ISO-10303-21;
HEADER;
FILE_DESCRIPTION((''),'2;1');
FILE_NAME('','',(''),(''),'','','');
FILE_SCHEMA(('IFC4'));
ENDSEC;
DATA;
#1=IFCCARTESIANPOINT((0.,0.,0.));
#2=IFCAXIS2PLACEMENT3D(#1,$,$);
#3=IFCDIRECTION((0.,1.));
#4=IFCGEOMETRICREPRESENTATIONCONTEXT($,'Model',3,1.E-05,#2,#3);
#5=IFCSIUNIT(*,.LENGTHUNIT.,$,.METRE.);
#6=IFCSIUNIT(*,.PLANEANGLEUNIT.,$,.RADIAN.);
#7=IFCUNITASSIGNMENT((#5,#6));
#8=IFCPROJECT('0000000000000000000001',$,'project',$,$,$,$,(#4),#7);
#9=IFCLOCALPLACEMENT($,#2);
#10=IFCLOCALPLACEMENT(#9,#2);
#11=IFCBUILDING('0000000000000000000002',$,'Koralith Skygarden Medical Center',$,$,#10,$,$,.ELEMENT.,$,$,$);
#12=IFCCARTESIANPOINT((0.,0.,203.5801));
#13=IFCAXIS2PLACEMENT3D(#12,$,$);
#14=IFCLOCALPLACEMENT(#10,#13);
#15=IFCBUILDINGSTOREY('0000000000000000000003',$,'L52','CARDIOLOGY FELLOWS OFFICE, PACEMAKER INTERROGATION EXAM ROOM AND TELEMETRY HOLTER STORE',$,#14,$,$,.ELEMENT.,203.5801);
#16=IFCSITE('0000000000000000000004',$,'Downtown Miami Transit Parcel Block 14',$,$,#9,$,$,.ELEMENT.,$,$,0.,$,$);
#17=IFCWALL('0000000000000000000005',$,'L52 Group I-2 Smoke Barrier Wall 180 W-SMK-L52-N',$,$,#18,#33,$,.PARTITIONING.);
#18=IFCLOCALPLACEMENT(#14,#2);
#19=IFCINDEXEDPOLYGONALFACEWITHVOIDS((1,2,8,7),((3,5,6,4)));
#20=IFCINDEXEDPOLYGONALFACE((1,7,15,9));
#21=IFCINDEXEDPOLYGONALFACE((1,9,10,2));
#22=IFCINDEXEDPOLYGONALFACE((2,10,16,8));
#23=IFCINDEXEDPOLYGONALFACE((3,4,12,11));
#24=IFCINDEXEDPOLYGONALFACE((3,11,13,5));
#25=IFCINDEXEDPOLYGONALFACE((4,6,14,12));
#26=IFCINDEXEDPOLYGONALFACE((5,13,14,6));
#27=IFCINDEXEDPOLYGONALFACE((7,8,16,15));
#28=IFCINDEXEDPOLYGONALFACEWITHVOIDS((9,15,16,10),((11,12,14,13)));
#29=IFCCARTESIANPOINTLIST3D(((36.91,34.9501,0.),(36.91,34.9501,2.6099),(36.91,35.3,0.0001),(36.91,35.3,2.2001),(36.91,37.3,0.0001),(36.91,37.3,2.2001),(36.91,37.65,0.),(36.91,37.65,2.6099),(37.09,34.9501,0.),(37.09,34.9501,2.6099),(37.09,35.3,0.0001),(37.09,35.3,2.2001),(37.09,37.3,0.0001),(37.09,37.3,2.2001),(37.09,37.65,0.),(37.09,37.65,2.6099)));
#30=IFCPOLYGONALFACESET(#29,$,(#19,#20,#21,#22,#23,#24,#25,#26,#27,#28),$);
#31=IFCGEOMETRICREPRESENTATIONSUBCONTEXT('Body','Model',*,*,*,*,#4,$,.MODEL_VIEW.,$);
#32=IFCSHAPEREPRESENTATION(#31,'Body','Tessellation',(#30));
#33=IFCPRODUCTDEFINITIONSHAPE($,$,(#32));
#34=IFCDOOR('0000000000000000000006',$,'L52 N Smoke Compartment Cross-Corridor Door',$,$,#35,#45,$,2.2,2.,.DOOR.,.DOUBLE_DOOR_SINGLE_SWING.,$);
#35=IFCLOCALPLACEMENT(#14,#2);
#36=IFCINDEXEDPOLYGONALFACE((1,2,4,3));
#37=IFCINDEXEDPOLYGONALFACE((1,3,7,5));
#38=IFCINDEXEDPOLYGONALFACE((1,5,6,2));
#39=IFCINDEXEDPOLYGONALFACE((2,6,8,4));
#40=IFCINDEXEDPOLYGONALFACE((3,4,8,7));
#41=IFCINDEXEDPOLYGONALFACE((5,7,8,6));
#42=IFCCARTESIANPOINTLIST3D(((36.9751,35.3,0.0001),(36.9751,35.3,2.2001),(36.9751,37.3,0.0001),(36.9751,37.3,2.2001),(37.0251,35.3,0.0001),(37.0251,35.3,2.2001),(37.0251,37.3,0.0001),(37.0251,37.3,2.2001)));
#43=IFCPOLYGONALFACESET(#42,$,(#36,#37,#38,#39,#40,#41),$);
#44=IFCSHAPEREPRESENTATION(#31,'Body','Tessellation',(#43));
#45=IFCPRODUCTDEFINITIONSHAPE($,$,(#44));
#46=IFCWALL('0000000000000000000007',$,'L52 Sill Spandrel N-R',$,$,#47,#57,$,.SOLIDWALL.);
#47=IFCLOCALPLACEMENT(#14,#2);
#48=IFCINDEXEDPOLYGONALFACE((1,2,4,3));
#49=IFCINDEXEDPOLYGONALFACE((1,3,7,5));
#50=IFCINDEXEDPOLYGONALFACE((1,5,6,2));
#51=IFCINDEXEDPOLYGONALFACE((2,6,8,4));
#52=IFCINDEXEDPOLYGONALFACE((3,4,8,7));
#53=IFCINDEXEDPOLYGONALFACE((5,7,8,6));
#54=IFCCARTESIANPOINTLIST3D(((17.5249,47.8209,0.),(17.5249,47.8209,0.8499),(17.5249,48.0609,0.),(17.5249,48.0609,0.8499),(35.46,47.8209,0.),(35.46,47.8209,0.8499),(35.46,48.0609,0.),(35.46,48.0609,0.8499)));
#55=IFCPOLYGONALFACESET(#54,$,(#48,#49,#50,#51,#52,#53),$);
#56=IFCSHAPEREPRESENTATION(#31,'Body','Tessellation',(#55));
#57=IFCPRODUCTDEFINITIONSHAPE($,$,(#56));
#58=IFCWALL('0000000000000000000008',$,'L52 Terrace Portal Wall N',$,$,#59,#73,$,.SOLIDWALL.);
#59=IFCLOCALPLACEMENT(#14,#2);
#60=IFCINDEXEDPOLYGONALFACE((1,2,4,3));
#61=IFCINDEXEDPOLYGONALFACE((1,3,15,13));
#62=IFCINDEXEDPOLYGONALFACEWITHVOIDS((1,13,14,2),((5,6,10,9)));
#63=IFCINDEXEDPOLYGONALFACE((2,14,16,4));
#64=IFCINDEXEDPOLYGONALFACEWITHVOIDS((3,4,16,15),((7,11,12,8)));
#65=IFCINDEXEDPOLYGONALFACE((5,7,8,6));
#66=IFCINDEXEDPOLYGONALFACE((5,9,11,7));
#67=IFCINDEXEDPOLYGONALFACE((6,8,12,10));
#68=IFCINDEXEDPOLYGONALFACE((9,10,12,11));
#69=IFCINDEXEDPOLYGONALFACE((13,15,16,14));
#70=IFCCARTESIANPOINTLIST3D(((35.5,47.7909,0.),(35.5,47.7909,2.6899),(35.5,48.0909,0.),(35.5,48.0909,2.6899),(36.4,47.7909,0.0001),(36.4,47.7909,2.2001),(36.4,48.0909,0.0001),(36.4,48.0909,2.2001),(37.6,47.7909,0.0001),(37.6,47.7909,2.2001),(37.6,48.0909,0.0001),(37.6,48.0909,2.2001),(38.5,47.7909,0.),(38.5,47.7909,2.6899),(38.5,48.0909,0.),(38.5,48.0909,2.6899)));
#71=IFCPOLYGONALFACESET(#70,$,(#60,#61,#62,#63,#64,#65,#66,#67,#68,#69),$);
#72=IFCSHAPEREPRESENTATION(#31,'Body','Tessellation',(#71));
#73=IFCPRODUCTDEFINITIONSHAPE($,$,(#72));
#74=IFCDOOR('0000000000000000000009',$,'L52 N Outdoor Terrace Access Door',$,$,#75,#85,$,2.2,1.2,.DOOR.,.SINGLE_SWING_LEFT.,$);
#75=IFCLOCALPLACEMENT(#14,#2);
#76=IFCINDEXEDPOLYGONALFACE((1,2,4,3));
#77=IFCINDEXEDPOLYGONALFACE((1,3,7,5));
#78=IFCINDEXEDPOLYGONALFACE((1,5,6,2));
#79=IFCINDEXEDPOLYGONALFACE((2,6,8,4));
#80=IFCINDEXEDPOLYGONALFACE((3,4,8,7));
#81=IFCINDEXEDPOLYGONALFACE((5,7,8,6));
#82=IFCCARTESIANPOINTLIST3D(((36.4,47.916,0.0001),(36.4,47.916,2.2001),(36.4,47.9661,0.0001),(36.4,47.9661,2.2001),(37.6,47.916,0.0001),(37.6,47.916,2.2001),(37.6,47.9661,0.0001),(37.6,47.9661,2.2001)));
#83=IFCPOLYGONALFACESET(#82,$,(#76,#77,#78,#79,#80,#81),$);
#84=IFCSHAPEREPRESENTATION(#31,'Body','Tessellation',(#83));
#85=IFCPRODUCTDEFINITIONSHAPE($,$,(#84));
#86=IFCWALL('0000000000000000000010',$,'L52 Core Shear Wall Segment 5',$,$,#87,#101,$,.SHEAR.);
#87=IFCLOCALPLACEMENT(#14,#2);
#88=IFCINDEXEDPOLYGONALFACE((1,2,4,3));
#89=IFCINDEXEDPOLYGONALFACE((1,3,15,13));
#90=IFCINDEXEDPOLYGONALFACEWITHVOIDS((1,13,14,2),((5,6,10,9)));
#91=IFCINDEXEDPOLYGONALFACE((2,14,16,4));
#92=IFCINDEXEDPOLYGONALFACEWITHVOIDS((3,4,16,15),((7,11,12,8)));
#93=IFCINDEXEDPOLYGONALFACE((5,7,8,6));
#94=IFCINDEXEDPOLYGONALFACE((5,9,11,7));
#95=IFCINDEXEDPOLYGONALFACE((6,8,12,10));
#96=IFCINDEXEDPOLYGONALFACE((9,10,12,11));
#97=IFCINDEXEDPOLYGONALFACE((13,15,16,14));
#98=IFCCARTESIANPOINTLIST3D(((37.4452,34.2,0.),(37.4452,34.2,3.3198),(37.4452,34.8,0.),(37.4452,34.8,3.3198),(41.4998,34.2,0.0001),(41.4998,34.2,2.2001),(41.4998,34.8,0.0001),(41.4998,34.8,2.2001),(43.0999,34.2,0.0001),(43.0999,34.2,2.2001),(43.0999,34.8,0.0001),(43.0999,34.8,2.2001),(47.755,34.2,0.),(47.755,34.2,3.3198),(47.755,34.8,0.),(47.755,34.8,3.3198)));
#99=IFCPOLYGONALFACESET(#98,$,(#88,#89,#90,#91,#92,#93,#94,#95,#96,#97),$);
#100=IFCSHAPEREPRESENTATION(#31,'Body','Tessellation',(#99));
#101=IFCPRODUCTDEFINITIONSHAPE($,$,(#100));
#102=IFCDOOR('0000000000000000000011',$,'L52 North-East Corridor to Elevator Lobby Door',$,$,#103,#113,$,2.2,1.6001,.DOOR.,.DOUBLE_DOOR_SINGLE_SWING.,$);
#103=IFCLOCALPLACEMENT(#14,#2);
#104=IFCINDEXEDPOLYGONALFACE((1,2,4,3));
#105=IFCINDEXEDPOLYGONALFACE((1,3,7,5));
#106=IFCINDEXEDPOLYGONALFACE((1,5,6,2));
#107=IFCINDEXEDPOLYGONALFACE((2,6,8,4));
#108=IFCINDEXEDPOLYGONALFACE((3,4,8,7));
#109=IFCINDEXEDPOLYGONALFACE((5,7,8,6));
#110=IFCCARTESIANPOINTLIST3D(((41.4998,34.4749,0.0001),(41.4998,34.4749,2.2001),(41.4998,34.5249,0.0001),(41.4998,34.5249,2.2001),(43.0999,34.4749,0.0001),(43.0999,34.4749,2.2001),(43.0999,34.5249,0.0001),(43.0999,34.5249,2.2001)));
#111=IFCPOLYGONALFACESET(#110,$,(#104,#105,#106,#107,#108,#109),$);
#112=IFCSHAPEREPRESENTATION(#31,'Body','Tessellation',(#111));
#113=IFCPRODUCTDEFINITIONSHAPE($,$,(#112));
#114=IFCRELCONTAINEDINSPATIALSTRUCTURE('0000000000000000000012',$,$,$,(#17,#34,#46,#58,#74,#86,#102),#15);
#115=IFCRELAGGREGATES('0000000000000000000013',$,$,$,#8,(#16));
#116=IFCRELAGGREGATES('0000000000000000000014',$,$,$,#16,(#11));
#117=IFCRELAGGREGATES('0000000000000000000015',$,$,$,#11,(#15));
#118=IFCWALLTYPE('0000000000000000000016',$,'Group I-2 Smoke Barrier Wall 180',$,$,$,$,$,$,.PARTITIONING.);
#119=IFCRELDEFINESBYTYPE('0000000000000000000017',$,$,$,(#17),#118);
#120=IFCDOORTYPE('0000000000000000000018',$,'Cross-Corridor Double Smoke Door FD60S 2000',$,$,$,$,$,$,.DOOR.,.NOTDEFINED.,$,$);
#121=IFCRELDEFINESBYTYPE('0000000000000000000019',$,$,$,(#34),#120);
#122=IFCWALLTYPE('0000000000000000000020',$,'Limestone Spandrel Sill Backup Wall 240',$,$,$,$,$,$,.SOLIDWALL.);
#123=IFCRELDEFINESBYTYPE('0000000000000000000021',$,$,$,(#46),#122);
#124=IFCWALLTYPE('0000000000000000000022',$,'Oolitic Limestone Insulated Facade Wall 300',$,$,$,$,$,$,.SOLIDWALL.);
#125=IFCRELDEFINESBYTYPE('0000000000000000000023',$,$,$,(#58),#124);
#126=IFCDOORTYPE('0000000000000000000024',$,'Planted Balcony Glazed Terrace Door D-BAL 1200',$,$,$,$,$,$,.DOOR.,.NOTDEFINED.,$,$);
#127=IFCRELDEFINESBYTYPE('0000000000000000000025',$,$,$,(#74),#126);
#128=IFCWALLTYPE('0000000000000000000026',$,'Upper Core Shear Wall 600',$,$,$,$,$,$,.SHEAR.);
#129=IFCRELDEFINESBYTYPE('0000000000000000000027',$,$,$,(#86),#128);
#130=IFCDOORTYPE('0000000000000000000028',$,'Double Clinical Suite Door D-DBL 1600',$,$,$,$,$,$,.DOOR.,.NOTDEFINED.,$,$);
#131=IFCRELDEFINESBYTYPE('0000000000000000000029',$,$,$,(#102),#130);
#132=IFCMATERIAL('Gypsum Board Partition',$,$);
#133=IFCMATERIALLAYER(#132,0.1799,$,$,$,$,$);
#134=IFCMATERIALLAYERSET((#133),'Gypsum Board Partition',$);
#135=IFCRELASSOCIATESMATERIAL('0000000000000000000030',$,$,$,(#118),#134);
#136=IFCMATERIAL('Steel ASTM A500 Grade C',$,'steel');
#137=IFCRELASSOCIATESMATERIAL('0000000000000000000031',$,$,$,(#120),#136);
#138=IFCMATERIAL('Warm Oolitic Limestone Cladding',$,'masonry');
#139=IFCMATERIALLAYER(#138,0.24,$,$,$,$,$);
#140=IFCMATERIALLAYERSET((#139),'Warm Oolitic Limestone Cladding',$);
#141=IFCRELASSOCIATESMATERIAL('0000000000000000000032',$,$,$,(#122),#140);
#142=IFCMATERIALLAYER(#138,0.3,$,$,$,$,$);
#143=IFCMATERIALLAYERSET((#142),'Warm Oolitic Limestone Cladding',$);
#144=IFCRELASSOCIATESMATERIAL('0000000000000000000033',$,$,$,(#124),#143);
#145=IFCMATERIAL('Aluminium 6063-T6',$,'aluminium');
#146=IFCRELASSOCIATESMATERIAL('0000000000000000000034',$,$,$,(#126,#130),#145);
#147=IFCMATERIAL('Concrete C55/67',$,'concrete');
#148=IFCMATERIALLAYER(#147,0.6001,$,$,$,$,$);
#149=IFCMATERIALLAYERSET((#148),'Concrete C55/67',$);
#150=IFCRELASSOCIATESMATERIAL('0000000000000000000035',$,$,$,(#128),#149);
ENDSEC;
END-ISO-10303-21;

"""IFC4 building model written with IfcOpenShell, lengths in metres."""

from ifc_helpers import new_model, si_unit, direction, frame, frame_2d, origin, place, context, subcontext, project, spatial, rectangle, extrude, material, layer, layer_set, type_object, element, fill, save


model = new_model("IFC4")

# Units and contexts
model_context = context("Model", 3, precision=1e-05, world=origin(), true_north=direction((0.0, 1.0)))
body_context = subcontext(model_context, "Body", "Model", "MODEL_VIEW")
ifc_project = project(units=[si_unit("LENGTHUNIT", "METRE"), si_unit("PLANEANGLEUNIT", "RADIAN")], contexts=[model_context])

# Site, building, storey
site_placement = place(None, origin())
site = spatial("IfcSite", under=ifc_project, at=site_placement, Name="Downtown Miami Transit Parcel Block 14", CompositionType="ELEMENT", RefElevation=0.0)
building_placement = place(site_placement, origin())
building = spatial("IfcBuilding", under=site, at=building_placement, Name="Koralith Skygarden Medical Center", CompositionType="ELEMENT")
storey_placement = place(building_placement, frame((0.0, 0.0, 203.5801)))
storey = spatial("IfcBuildingStorey", under=building, at=storey_placement, Name="L52", Description="CARDIOLOGY FELLOWS OFFICE, PACEMAKER INTERROGATION EXAM ROOM AND TELEMETRY HOLTER STORE", CompositionType="ELEMENT", Elevation=203.5801)

# Shared definitions
ifc_material_1 = material(Name="Concrete C55/67", Category="concrete")

# Shared definitions
ifc_material_2 = material(Name="Aluminium 6063-T6", Category="aluminium")

# Shared definitions
ifc_material_3 = material(Name="Gypsum Board Partition")

# Wall, opening, door
ifc_layer_1 = layer(ifc_material_3, 0.1799)
ifc_layer_set_1 = layer_set([ifc_layer_1], Name="Gypsum Board Partition")
wall_type_1 = type_object("IfcWallType", Name="Group I-2 Smoke Barrier Wall 180", PredefinedType="PARTITIONING", material=ifc_layer_set_1)
wall_1_placement = place(storey_placement, frame((37.0, 34.95, 0.0), z_axis=(0.0, 0.0, 1.0), x_axis=(0.0, 1.0, 0.0)))
wall_1 = element("IfcWall", 1, at=wall_1_placement, inside=storey, type_object=wall_type_1, Name="L52 Group I-2 Smoke Barrier Wall 180 W-SMK-L52-N", PredefinedType="PARTITIONING", context=body_context, shape_type="SweptSolid", body=[
    extrude(rectangle(XDim=2.7, YDim=0.1799, at=frame_2d((1.3501, 0.0))), origin(), (0.0, 0.0, 1.0), 2.6099),
])
opening_1_placement = place(wall_1_placement, frame((0.3501, 0.0, 0.0)))
opening_1 = element("IfcOpeningElement", 2, at=opening_1_placement, cuts=wall_1, PredefinedType="OPENING", context=body_context, shape_type="SweptSolid", body=[
    extrude(rectangle(XDim=2.0, YDim=2.2, at=frame_2d((1.0, 1.1001))), frame((0.0, 0.0999, 0.0), z_axis=(0.0, -1.0, 0.0), x_axis=(1.0, 0.0, 0.0)), (0.0, 0.0, 1.0), 0.2),
])
ifc_material_4 = material(Name="Steel ASTM A500 Grade C", Category="steel")
door_type_1 = type_object("IfcDoorType", Name="Cross-Corridor Double Smoke Door FD60S 2000", OperationType="NOTDEFINED", PredefinedType="DOOR", material=ifc_material_4)
door_1_placement = place(opening_1_placement, origin())
door_1 = element("IfcDoor", 3, at=door_1_placement, inside=storey, type_object=door_type_1, Name="L52 N Smoke Compartment Cross-Corridor Door", OperationType="DOUBLE_DOOR_SINGLE_SWING", OverallHeight=2.2, OverallWidth=2.0, PredefinedType="DOOR", context=body_context, shape_type="SweptSolid", body=[
    extrude(rectangle(XDim=2.0, YDim=2.2, at=frame_2d((1.0, 1.1001))), frame((0.0, 0.0249, 0.0), z_axis=(0.0, -1.0, 0.0), x_axis=(1.0, 0.0, 0.0)), (0.0, 0.0, 1.0), 0.05),
])
fill(opening_1, door_1)

# Wall
ifc_material_5 = material(Name="Warm Oolitic Limestone Cladding", Category="masonry")
ifc_layer_2 = layer(ifc_material_5, 0.24)
ifc_layer_set_2 = layer_set([ifc_layer_2], Name="Warm Oolitic Limestone Cladding")
wall_type_2 = type_object("IfcWallType", Name="Limestone Spandrel Sill Backup Wall 240", PredefinedType="SOLIDWALL", material=ifc_layer_set_2)
wall_2_placement = place(storey_placement, frame((35.46, 47.9409, 0.0), z_axis=(0.0, 0.0, 1.0), x_axis=(-1.0, 0.0, 0.0)))
element("IfcWall", 4, at=wall_2_placement, inside=storey, type_object=wall_type_2, Name="L52 Sill Spandrel N-R", PredefinedType="SOLIDWALL", context=body_context, shape_type="SweptSolid", body=[
    extrude(rectangle(XDim=17.9351, YDim=0.24, at=frame_2d((8.9675, 0.0))), origin(), (0.0, 0.0, 1.0), 0.8499),
])

# Walls, openings, doors
ifc_layer_3 = layer(ifc_material_5, 0.3)
ifc_layer_set_3 = layer_set([ifc_layer_3], Name="Warm Oolitic Limestone Cladding")
wall_type_3 = type_object("IfcWallType", Name="Oolitic Limestone Insulated Facade Wall 300", PredefinedType="SOLIDWALL", material=ifc_layer_set_3)
wall_3_placement = place(storey_placement, frame((38.5, 47.9409, 0.0), z_axis=(0.0, 0.0, 1.0), x_axis=(-1.0, 0.0, 0.0)))
wall_3 = element("IfcWall", 5, at=wall_3_placement, inside=storey, type_object=wall_type_3, Name="L52 Terrace Portal Wall N", PredefinedType="SOLIDWALL", context=body_context, shape_type="SweptSolid", body=[
    extrude(rectangle(XDim=3.0, YDim=0.3, at=frame_2d((1.5, 0.0))), origin(), (0.0, 0.0, 1.0), 2.6899),
])
opening_2_placement = place(wall_3_placement, frame((0.8999, 0.0, 0.0)))
opening_2 = element("IfcOpeningElement", 6, at=opening_2_placement, cuts=wall_3, PredefinedType="OPENING", context=body_context, shape_type="SweptSolid", body=[
    extrude(rectangle(XDim=1.2, YDim=2.2, at=frame_2d((0.6001, 1.1001))), frame((0.0, 0.1599, 0.0), z_axis=(0.0, -1.0, 0.0), x_axis=(1.0, 0.0, 0.0)), (0.0, 0.0, 1.0), 0.3201),
])
door_type_2 = type_object("IfcDoorType", Name="Planted Balcony Glazed Terrace Door D-BAL 1200", OperationType="NOTDEFINED", PredefinedType="DOOR", material=ifc_material_2)
door_2_placement = place(opening_2_placement, origin())
door_2 = element("IfcDoor", 7, at=door_2_placement, inside=storey, type_object=door_type_2, Name="L52 N Outdoor Terrace Access Door", OperationType="SINGLE_SWING_LEFT", OverallHeight=2.2, OverallWidth=1.2, PredefinedType="DOOR", context=body_context, shape_type="SweptSolid", body=[
    extrude(rectangle(XDim=1.2, YDim=2.2, at=frame_2d((0.6001, 1.1001))), frame((0.0, 0.0249, 0.0), z_axis=(0.0, -1.0, 0.0), x_axis=(1.0, 0.0, 0.0)), (0.0, 0.0, 1.0), 0.05),
])
fill(opening_2, door_2)
ifc_layer_4 = layer(ifc_material_1, 0.6001)
ifc_layer_set_4 = layer_set([ifc_layer_4], Name="Concrete C55/67")
wall_type_4 = type_object("IfcWallType", Name="Upper Core Shear Wall 600", PredefinedType="SHEAR", material=ifc_layer_set_4)
wall_4_placement = place(storey_placement, frame((47.7549, 34.5, 0.0), z_axis=(0.0, 0.0, 1.0), x_axis=(-1.0, 0.0, 0.0)))
wall_4 = element("IfcWall", 8, at=wall_4_placement, inside=storey, type_object=wall_type_4, Name="L52 Core Shear Wall Segment 5", PredefinedType="SHEAR", context=body_context, shape_type="SweptSolid", body=[
    extrude(rectangle(XDim=10.3098, YDim=0.6001, at=frame_2d((5.1548, 0.0))), origin(), (0.0, 0.0, 1.0), 3.3198),
])
opening_3_placement = place(wall_4_placement, frame((4.655, 0.0, 0.0)))
opening_3 = element("IfcOpeningElement", 9, at=opening_3_placement, cuts=wall_4, PredefinedType="OPENING", context=body_context, shape_type="SweptSolid", body=[
    extrude(rectangle(XDim=1.6001, YDim=2.2, at=frame_2d((0.8, 1.1001))), frame((0.0, 0.3101, 0.0), z_axis=(0.0, -1.0, 0.0), x_axis=(1.0, 0.0, 0.0)), (0.0, 0.0, 1.0), 0.6201),
])
door_type_3 = type_object("IfcDoorType", Name="Double Clinical Suite Door D-DBL 1600", OperationType="NOTDEFINED", PredefinedType="DOOR", material=ifc_material_2)
door_3_placement = place(opening_3_placement, frame((1.6001, 0.0, 0.0), z_axis=(0.0, 0.0, 1.0), x_axis=(-1.0, 0.0, 0.0)))
door_3 = element("IfcDoor", 10, at=door_3_placement, inside=storey, type_object=door_type_3, Name="L52 North-East Corridor to Elevator Lobby Door", OperationType="DOUBLE_DOOR_SINGLE_SWING", OverallHeight=2.2, OverallWidth=1.6001, PredefinedType="DOOR", context=body_context, shape_type="SweptSolid", body=[
    extrude(rectangle(XDim=1.6001, YDim=2.2, at=frame_2d((0.8, 1.1001))), frame((0.0, 0.0249, 0.0), z_axis=(0.0, -1.0, 0.0), x_axis=(1.0, 0.0, 0.0)), (0.0, 0.0, 1.0), 0.05),
])
fill(opening_3, door_3)

save(model, "model.ifc")
